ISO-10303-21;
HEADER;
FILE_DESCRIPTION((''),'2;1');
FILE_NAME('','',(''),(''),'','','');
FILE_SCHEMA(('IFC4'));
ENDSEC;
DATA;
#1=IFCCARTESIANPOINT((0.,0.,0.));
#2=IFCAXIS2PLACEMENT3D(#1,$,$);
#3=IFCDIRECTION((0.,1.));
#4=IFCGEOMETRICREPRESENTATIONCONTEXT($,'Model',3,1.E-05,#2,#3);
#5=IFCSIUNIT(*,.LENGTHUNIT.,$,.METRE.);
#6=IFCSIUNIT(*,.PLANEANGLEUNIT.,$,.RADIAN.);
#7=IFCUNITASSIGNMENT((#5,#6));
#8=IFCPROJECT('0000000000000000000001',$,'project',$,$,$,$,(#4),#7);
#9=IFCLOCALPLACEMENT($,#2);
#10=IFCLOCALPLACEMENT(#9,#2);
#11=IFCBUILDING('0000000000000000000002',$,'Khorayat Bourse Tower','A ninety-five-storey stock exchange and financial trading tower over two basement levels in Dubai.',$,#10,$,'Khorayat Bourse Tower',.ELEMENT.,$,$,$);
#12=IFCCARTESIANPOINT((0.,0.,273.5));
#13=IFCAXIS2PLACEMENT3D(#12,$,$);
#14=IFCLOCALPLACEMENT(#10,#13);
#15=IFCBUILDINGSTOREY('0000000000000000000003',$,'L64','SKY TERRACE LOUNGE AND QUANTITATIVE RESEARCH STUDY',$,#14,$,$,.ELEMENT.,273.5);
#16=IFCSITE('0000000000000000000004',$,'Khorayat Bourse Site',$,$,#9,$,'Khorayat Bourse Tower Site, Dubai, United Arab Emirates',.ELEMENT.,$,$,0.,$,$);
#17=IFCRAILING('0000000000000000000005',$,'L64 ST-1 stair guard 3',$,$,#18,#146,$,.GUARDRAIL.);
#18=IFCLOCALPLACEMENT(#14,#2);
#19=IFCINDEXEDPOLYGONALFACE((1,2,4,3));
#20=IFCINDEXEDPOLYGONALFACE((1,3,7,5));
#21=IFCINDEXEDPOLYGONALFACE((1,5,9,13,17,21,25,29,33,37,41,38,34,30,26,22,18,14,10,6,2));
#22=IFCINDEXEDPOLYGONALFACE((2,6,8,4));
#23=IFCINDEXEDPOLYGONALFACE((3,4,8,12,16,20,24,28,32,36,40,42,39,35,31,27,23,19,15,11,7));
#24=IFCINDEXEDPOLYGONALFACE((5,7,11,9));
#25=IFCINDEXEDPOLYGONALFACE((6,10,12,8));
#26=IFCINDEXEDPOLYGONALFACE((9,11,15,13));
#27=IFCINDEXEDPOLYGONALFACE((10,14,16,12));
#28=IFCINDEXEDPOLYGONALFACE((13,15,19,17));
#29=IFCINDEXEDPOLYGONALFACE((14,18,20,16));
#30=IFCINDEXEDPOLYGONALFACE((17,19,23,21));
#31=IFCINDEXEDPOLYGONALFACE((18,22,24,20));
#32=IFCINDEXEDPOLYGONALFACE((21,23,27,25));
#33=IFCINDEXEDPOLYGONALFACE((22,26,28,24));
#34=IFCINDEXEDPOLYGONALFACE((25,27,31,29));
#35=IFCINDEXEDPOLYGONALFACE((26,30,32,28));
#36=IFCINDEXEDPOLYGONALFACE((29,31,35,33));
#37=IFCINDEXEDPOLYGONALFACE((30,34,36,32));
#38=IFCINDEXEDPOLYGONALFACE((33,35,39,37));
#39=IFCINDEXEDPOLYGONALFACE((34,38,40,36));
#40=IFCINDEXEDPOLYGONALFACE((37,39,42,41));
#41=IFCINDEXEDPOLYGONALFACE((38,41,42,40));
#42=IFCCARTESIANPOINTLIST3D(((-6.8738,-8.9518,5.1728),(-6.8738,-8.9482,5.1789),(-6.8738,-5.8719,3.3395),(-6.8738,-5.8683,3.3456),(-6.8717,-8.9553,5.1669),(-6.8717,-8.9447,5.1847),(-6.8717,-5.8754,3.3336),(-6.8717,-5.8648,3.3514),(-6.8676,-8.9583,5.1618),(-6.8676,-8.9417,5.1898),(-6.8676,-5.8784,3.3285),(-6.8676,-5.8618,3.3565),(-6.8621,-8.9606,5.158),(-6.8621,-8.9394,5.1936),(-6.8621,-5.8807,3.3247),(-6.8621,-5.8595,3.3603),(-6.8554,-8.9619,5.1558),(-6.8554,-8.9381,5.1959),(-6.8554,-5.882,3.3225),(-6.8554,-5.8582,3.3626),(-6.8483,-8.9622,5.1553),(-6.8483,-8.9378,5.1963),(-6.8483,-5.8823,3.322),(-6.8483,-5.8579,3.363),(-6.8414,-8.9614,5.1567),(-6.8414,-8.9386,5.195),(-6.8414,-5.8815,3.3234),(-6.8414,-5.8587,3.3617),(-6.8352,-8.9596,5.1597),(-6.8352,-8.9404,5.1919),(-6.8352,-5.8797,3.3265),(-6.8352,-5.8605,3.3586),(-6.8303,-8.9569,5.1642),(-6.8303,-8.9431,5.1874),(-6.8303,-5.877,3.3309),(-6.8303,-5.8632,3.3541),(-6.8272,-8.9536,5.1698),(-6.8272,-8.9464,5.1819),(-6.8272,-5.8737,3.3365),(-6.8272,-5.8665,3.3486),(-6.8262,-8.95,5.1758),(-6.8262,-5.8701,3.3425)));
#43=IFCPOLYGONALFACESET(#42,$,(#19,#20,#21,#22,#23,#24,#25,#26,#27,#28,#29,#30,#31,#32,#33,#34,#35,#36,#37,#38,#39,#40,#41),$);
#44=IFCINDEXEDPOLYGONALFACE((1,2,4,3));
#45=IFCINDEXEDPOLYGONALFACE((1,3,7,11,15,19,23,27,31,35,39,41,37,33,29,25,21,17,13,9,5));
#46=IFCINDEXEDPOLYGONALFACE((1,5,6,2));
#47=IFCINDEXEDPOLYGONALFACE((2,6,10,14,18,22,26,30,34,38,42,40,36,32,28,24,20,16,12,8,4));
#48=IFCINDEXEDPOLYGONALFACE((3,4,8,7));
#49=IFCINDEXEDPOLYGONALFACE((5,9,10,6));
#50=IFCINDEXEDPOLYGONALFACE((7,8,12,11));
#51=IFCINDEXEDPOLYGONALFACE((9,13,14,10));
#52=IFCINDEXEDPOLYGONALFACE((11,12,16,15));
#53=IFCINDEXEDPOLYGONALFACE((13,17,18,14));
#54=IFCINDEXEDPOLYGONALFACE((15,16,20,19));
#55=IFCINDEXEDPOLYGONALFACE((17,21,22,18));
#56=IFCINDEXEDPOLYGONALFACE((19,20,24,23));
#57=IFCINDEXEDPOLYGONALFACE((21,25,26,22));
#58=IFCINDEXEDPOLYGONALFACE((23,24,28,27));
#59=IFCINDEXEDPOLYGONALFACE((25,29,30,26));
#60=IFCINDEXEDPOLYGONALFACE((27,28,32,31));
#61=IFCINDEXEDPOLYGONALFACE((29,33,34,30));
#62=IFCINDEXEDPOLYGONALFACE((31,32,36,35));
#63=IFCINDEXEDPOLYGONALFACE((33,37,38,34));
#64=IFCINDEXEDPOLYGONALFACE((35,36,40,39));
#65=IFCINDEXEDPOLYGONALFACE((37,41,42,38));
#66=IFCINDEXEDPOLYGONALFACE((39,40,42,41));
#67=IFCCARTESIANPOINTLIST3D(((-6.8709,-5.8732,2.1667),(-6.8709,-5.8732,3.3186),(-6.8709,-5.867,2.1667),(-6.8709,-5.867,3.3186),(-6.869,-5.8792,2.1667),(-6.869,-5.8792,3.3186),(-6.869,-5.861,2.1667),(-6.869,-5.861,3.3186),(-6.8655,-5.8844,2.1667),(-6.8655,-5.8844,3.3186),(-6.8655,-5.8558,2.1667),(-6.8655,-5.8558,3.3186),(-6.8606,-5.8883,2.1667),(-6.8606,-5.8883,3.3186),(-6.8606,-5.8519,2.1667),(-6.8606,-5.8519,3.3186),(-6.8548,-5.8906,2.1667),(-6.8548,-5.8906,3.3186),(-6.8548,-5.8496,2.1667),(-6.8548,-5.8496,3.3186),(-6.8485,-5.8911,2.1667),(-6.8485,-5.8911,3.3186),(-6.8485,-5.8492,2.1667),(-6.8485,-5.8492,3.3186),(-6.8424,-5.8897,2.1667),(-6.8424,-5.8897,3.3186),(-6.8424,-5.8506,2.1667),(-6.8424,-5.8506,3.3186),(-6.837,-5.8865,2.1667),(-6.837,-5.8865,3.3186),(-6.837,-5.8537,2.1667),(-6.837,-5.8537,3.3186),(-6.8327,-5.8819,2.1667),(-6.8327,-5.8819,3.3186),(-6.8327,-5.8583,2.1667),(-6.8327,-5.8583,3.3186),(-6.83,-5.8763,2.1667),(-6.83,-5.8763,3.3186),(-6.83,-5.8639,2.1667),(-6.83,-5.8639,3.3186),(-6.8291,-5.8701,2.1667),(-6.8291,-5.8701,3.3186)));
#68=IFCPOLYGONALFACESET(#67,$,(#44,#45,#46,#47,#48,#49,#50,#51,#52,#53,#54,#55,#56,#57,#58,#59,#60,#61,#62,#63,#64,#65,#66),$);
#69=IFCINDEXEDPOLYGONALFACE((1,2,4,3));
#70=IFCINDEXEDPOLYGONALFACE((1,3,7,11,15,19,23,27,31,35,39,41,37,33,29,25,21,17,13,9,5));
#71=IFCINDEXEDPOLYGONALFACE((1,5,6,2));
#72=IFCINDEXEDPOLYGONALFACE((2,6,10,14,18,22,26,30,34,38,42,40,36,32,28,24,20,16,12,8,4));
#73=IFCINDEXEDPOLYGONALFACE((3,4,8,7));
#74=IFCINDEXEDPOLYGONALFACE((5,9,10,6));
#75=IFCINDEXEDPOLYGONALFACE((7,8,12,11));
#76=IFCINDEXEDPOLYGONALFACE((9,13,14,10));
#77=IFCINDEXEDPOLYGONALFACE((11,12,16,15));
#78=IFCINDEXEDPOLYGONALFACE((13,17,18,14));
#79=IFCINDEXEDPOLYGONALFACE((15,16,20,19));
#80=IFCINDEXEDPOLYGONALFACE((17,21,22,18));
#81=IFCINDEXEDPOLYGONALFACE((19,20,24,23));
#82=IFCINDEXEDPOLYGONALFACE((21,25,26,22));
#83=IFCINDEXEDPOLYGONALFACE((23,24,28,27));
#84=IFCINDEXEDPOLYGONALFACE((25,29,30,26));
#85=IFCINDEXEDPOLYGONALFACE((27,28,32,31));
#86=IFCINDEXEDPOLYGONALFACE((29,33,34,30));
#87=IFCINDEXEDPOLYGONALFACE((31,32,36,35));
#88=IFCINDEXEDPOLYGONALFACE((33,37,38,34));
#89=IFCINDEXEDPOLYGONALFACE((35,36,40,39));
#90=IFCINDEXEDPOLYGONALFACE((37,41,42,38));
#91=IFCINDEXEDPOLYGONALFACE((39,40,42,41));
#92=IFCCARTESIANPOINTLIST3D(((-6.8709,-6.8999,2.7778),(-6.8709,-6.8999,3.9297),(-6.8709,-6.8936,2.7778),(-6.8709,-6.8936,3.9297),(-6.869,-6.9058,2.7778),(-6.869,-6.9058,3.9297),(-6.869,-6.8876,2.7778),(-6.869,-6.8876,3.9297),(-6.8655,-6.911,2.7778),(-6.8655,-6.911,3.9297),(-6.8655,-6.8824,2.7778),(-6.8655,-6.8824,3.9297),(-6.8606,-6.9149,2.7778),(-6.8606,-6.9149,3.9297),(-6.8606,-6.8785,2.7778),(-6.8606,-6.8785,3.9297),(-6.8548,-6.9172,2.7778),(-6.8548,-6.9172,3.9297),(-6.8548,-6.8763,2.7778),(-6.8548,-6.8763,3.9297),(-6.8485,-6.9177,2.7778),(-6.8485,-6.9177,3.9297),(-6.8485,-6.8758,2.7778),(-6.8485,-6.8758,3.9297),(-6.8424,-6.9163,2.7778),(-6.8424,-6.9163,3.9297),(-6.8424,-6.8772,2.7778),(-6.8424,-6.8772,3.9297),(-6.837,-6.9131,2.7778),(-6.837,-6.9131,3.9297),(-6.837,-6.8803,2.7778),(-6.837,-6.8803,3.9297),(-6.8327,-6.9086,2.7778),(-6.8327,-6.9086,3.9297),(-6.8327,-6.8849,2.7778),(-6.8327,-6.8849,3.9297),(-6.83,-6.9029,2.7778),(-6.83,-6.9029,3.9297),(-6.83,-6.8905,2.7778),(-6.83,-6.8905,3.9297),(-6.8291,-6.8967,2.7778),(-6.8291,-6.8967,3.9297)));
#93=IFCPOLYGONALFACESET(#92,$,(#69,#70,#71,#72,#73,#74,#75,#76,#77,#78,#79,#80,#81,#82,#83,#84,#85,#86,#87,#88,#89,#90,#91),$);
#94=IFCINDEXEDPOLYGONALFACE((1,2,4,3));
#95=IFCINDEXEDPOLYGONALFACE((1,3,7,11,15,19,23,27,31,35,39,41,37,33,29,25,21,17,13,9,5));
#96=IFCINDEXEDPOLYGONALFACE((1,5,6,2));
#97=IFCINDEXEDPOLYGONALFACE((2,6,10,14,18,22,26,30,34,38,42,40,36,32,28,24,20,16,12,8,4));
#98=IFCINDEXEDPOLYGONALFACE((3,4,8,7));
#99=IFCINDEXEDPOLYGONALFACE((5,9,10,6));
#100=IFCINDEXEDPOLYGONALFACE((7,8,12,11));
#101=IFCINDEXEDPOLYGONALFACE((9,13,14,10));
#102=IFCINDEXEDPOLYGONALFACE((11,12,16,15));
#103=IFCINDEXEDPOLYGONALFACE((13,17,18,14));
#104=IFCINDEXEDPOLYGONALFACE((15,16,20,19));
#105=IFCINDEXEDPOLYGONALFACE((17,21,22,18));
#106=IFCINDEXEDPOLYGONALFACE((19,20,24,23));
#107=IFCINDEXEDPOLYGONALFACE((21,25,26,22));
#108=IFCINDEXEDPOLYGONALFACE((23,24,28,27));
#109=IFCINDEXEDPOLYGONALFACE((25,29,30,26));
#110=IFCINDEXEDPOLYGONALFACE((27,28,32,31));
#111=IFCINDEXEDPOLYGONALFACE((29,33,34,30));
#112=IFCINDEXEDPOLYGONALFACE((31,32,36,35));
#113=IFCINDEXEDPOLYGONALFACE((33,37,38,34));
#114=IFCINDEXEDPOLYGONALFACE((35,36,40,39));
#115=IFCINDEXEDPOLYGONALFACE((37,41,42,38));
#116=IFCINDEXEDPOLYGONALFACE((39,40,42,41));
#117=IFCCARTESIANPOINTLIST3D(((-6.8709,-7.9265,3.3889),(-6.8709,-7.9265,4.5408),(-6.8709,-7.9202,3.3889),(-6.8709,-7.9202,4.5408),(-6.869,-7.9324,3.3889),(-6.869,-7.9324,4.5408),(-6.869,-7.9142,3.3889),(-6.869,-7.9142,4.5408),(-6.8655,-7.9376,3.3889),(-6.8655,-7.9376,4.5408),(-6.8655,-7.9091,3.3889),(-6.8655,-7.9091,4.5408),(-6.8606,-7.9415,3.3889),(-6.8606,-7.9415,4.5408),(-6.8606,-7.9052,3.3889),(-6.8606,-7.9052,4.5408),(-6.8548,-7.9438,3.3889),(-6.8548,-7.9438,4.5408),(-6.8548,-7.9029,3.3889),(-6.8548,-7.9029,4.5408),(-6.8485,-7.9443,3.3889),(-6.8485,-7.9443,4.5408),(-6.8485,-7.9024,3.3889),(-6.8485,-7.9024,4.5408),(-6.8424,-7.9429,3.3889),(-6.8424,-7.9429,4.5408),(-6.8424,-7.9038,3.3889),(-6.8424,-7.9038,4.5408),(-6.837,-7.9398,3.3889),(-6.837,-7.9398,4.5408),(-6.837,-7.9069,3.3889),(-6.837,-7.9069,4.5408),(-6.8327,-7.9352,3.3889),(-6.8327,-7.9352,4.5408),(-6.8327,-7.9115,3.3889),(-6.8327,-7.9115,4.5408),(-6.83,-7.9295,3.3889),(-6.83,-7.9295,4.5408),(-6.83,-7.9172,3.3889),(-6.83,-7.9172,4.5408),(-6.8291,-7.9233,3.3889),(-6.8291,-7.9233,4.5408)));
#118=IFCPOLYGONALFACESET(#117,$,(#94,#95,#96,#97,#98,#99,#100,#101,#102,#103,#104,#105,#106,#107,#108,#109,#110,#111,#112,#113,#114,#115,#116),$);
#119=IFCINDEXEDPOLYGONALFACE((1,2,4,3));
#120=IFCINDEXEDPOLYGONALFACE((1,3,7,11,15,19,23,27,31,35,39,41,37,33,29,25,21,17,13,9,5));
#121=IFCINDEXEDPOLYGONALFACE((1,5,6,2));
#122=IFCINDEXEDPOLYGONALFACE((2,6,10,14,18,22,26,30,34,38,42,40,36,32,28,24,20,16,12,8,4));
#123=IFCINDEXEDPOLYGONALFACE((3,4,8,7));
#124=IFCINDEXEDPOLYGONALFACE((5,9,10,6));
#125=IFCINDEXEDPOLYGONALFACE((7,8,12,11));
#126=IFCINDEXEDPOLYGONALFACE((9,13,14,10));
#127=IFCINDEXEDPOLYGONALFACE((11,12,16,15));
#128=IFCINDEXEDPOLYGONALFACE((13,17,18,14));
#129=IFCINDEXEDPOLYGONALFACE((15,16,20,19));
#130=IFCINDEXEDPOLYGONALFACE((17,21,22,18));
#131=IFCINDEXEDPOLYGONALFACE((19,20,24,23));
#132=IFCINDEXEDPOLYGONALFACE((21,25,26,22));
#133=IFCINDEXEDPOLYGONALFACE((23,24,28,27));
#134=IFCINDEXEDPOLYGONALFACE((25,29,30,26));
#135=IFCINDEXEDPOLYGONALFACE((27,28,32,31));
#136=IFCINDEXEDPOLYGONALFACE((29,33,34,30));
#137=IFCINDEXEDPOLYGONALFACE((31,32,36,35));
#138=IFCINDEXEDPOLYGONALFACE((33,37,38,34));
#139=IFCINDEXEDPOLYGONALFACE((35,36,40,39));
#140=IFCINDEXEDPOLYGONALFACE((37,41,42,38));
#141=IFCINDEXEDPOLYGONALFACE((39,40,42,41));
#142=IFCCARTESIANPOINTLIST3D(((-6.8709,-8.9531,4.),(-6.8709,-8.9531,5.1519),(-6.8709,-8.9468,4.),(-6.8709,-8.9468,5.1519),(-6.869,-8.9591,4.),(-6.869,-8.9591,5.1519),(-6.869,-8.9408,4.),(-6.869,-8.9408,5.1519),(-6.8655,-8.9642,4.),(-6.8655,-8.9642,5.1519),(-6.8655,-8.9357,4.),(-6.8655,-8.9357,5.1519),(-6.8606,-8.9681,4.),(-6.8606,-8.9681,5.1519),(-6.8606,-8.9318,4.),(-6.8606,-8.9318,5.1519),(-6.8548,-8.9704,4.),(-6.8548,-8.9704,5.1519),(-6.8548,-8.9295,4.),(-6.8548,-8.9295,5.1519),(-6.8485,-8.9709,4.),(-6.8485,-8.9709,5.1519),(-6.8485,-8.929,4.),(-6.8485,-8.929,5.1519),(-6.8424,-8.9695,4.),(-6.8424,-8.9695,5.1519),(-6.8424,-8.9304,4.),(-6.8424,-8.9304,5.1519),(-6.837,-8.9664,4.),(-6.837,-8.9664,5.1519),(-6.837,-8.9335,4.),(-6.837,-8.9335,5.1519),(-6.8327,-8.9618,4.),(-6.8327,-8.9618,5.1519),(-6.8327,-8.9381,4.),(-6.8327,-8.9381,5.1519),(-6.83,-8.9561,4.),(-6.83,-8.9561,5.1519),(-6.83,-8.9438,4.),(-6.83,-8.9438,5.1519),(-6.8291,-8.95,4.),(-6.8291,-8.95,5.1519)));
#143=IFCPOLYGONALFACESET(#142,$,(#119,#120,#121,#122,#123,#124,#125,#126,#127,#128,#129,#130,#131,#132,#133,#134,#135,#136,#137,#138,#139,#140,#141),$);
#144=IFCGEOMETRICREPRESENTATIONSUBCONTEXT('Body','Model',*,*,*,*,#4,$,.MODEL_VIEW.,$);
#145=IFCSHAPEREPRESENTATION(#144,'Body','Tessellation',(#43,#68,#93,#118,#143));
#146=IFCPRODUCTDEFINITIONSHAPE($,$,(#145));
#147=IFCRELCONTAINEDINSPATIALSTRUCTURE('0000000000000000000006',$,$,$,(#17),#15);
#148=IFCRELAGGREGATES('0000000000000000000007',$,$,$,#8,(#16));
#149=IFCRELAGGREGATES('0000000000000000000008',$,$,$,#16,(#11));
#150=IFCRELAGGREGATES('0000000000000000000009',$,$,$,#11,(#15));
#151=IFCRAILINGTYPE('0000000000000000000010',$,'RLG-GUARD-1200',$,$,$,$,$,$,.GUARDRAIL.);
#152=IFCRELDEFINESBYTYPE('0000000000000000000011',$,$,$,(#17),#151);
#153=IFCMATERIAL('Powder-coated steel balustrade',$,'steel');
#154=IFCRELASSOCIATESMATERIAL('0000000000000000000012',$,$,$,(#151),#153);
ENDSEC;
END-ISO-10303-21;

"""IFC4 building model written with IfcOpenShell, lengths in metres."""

from ifc_helpers import new_model, si_unit, direction, frame, origin, origin_2d, place, context, subcontext, project, spatial, circle, extrude, source, transform, mapped, material, type_object, element, save


model = new_model("IFC4")

# Units and contexts
model_context = context("Model", 3, precision=1e-05, world=origin(), true_north=direction((0.0, 1.0)))
body_context = subcontext(model_context, "Body", "Model", "MODEL_VIEW")
ifc_project = project(units=[si_unit("LENGTHUNIT", "METRE"), si_unit("PLANEANGLEUNIT", "RADIAN")], contexts=[model_context])

# Site, building, storey
site_placement = place(None, origin())
site = spatial("IfcSite", under=ifc_project, at=site_placement, Name="Khorayat Bourse Site", LongName="Khorayat Bourse Tower Site, Dubai, United Arab Emirates", CompositionType="ELEMENT", RefElevation=0.0)
building_placement = place(site_placement, origin())
building = spatial("IfcBuilding", under=site, at=building_placement, Name="Khorayat Bourse Tower", Description="A ninety-five-storey stock exchange and financial trading tower over two basement levels in Dubai.", LongName="Khorayat Bourse Tower", CompositionType="ELEMENT")
storey_placement = place(building_placement, frame((0.0, 0.0, 273.5)))
storey = spatial("IfcBuildingStorey", under=building, at=storey_placement, Name="L64", Description="SKY TERRACE LOUNGE AND QUANTITATIVE RESEARCH STUDY", CompositionType="ELEMENT", Elevation=273.5)

# Railing
ifc_material_1 = material(Name="Powder-coated steel balustrade", Category="steel")
railing_type_1 = type_object("IfcRailingType", Name="RLG-GUARD-1200", PredefinedType="GUARDRAIL", material=ifc_material_1)
shared_shape_1 = source(origin(), body_context, "Body", "SweptSolid", [
    extrude(circle(Radius=0.0239, at=origin_2d()), frame((0.0, 0.0, 1.1758), z_axis=(0.0, -0.859291, 0.511487), x_axis=(1.0, 0.0, 0.0)), (0.0, 0.0, 1.0), 3.5842),
    extrude(circle(Radius=0.021, at=origin_2d()), origin(), (0.0, 0.0, 1.0), 1.1519),
    extrude(circle(Radius=0.021, at=origin_2d()), frame((0.0, -1.0266, 0.6111)), (0.0, 0.0, 1.0), 1.1519),
    extrude(circle(Radius=0.021, at=origin_2d()), frame((0.0, -2.0532, 1.2222)), (0.0, 0.0, 1.0), 1.1519),
    extrude(circle(Radius=0.021, at=origin_2d()), frame((0.0, -3.0798, 1.8333)), (0.0, 0.0, 1.0), 1.1519),
])
railing_1_placement = place(storey_placement, frame((-6.8501, -5.8701, 2.1667)))
element("IfcRailing", 1, at=railing_1_placement, inside=storey, type_object=railing_type_1, Name="L64 ST-1 stair guard 3", PredefinedType="GUARDRAIL", context=body_context, shape_type="MappedRepresentation", body=[
    mapped(shared_shape_1, transform((0.0, 0.0, 0.0), scale=1.0)),
])

save(model, "model.ifc")
